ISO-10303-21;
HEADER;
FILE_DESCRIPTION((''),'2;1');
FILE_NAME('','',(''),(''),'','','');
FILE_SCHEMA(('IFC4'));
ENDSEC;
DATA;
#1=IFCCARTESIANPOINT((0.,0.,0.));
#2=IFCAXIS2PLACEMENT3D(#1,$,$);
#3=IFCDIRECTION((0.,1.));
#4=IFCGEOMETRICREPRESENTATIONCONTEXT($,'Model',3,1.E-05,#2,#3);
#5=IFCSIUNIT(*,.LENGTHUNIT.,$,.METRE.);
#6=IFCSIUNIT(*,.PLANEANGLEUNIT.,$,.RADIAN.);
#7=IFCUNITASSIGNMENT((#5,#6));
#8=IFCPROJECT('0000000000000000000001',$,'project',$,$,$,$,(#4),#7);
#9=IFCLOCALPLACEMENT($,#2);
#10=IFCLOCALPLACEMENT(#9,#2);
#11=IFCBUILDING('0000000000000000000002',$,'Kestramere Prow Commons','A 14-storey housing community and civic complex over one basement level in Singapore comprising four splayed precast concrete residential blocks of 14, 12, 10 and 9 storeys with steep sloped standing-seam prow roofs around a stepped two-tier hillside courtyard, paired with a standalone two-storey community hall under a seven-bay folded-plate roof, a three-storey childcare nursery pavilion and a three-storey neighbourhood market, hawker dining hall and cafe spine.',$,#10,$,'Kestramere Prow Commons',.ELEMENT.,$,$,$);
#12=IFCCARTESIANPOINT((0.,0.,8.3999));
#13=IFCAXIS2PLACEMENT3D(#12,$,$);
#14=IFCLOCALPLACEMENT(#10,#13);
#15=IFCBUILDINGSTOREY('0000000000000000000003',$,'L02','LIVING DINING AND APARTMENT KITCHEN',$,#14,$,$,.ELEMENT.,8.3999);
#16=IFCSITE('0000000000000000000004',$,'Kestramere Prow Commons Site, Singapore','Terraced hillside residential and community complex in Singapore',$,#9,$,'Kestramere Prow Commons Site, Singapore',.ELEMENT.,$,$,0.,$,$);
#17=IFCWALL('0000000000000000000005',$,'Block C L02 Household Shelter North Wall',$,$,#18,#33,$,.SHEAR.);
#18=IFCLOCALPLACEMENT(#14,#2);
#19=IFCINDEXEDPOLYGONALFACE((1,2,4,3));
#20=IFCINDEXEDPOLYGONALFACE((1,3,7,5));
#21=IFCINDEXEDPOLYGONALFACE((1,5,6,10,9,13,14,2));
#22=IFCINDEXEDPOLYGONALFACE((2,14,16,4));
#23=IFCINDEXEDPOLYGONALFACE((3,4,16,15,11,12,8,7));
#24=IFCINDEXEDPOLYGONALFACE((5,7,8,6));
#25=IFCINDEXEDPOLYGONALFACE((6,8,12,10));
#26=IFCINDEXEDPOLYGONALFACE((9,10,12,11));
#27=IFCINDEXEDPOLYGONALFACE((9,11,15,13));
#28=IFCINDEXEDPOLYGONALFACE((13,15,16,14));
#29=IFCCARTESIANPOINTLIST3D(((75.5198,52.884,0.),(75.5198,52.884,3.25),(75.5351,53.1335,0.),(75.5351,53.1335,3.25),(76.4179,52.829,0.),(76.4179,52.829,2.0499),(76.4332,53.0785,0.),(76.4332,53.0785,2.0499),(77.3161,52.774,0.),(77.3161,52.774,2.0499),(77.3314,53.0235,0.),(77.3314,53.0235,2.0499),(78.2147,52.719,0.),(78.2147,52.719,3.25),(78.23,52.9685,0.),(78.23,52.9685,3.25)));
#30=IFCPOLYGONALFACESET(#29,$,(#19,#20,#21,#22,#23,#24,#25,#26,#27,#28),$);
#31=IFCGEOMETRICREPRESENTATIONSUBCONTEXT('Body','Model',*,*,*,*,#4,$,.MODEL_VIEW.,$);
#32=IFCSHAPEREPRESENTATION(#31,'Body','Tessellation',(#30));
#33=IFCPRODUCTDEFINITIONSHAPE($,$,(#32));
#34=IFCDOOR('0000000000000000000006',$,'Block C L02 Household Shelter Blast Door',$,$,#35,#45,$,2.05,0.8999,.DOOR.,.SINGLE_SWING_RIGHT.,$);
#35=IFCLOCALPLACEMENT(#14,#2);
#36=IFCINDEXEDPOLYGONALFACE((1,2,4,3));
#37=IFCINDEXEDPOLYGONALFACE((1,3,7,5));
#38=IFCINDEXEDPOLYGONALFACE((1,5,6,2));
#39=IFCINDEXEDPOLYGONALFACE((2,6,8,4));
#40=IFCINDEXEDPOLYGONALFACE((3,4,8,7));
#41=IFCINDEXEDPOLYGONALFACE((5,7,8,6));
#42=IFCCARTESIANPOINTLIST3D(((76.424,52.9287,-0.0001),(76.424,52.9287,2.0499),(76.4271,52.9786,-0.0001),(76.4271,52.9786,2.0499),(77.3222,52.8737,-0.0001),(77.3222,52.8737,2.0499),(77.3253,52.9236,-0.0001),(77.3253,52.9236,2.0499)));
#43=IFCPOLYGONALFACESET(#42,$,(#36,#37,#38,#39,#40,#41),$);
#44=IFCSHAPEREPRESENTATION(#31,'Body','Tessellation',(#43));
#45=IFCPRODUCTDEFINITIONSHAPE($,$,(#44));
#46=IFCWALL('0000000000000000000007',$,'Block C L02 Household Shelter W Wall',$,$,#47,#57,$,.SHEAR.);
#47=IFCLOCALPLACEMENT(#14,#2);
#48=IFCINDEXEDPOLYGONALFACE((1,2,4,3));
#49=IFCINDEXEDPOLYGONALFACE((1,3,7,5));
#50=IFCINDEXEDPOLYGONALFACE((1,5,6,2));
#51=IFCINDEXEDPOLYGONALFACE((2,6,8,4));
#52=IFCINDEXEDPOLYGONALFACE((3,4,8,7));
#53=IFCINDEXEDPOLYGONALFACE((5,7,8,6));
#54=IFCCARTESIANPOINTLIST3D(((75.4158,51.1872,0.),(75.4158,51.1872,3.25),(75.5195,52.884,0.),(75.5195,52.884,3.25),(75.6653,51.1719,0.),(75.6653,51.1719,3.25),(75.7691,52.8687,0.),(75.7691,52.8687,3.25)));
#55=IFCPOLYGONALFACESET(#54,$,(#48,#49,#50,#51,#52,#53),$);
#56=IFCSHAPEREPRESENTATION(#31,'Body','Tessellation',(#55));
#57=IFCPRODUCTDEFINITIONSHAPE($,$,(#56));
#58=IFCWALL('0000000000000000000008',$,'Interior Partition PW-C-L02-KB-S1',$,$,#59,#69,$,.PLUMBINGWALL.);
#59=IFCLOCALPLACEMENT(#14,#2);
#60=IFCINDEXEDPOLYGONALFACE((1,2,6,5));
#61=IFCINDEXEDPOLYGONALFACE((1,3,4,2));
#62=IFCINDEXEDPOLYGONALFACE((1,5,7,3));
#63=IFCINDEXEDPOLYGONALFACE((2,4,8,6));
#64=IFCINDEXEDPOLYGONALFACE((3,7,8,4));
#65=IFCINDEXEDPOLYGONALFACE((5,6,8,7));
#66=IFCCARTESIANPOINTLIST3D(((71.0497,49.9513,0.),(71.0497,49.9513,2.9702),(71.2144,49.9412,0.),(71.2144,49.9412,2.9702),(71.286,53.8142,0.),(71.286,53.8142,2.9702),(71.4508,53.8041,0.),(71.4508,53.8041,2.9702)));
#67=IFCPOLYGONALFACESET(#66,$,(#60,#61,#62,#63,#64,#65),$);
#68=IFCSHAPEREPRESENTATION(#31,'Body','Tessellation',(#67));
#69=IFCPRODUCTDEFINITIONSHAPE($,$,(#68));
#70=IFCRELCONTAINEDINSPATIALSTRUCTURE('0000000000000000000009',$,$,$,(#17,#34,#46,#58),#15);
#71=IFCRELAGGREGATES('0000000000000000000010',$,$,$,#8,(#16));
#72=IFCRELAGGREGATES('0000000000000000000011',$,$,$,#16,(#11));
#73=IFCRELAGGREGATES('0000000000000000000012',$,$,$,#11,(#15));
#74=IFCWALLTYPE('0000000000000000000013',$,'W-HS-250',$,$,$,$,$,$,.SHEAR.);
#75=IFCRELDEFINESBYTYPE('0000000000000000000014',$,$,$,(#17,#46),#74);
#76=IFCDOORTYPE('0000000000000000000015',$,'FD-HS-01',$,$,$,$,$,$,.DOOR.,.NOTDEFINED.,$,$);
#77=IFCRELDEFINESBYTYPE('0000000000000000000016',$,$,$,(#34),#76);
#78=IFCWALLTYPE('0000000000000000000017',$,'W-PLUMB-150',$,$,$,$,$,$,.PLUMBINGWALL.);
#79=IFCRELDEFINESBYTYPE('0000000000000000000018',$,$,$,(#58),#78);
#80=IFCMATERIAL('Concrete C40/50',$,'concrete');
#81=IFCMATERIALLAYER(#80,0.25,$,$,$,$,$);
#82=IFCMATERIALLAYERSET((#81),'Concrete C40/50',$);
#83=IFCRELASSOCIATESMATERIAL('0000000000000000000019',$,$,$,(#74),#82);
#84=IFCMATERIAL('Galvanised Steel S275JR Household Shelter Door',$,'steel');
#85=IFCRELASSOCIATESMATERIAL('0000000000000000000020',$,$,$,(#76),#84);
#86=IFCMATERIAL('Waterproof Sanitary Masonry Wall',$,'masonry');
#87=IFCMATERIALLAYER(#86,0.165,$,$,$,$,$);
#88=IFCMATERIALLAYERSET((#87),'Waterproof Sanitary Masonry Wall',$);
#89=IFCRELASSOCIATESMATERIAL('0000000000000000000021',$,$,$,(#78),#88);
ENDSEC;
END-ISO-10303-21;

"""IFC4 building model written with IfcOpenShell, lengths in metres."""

from ifc_helpers import new_model, si_unit, direction, frame, frame_2d, origin, place, context, subcontext, project, spatial, rectangle, extrude, material, layer, layer_set, type_object, element, fill, save


model = new_model("IFC4")

# Units and contexts
model_context = context("Model", 3, precision=1e-05, world=origin(), true_north=direction((0.0, 1.0)))
body_context = subcontext(model_context, "Body", "Model", "MODEL_VIEW")
ifc_project = project(units=[si_unit("LENGTHUNIT", "METRE"), si_unit("PLANEANGLEUNIT", "RADIAN")], contexts=[model_context])

# Site, building, storey
site_placement = place(None, origin())
site = spatial("IfcSite", under=ifc_project, at=site_placement, Name="Kestramere Prow Commons Site, Singapore", Description="Terraced hillside residential and community complex in Singapore", LongName="Kestramere Prow Commons Site, Singapore", CompositionType="ELEMENT", RefElevation=0.0)
building_placement = place(site_placement, origin())
building = spatial("IfcBuilding", under=site, at=building_placement, Name="Kestramere Prow Commons", Description="A 14-storey housing community and civic complex over one basement level in Singapore comprising four splayed precast concrete residential blocks of 14, 12, 10 and 9 storeys with steep sloped standing-seam prow roofs around a stepped two-tier hillside courtyard, paired with a standalone two-storey community hall under a seven-bay folded-plate roof, a three-storey childcare nursery pavilion and a three-storey neighbourhood market, hawker dining hall and cafe spine.", LongName="Kestramere Prow Commons", CompositionType="ELEMENT")
storey_placement = place(building_placement, frame((0.0, 0.0, 8.3999)))
storey = spatial("IfcBuildingStorey", under=building, at=storey_placement, Name="L02", Description="LIVING DINING AND APARTMENT KITCHEN", CompositionType="ELEMENT", Elevation=8.3999)

# Shared definitions
ifc_material_1 = material(Name="Concrete C40/50", Category="concrete")

# Shared definitions
ifc_layer_1 = layer(ifc_material_1, 0.25)
ifc_layer_set_1 = layer_set([ifc_layer_1], Name="Concrete C40/50")
wall_type_1 = type_object("IfcWallType", Name="W-HS-250", PredefinedType="SHEAR", material=ifc_layer_set_1)

# Wall, opening, door
wall_1_placement = place(storey_placement, frame((75.5273, 53.0088, 0.0), z_axis=(0.0, 0.0, 1.0), x_axis=(0.99813, -0.061128, 0.0)))
wall_1 = element("IfcWall", 1, at=wall_1_placement, inside=storey, type_object=wall_type_1, Name="Block C L02 Household Shelter North Wall", PredefinedType="SHEAR", context=body_context, shape_type="SweptSolid", body=[
    extrude(rectangle(XDim=2.7, YDim=0.25, at=frame_2d((1.3501, 0.0))), origin(), (0.0, 0.0, 1.0), 3.25),
])
opening_1_placement = place(wall_1_placement, frame((0.8999, 0.0, 0.0)))
opening_1 = element("IfcOpeningElement", 2, at=opening_1_placement, cuts=wall_1, PredefinedType="OPENING", context=body_context, shape_type="SweptSolid", body=[
    extrude(rectangle(XDim=0.8999, YDim=2.05, at=frame_2d((0.45, 1.0249))), frame((0.0, 0.1399, 0.0), z_axis=(0.0, -1.0, 0.0), x_axis=(1.0, 0.0, 0.0)), (0.0, 0.0, 1.0), 0.28),
])
ifc_material_2 = material(Name="Galvanised Steel S275JR Household Shelter Door", Category="steel")
door_type_1 = type_object("IfcDoorType", Name="FD-HS-01", OperationType="NOTDEFINED", PredefinedType="DOOR", material=ifc_material_2)
door_1_placement = place(opening_1_placement, origin())
door_1 = element("IfcDoor", 3, at=door_1_placement, inside=storey, type_object=door_type_1, Name="Block C L02 Household Shelter Blast Door", OperationType="SINGLE_SWING_RIGHT", OverallHeight=2.05, OverallWidth=0.8999, PredefinedType="DOOR", context=body_context, shape_type="SweptSolid", body=[
    extrude(rectangle(XDim=0.8999, YDim=2.05, at=frame_2d((0.45, 1.0249))), frame((0.0, 0.0249, 0.0), z_axis=(0.0, -1.0, 0.0), x_axis=(1.0, 0.0, 0.0)), (0.0, 0.0, 1.0), 0.05),
])
fill(opening_1, door_1)

# Walls
wall_2_placement = place(storey_placement, frame((75.5405, 51.1794, 0.0), z_axis=(0.0, 0.0, 1.0), x_axis=(0.061037, 0.998136, 0.0)))
element("IfcWall", 4, at=wall_2_placement, inside=storey, type_object=wall_type_1, Name="Block C L02 Household Shelter W Wall", PredefinedType="SHEAR", context=body_context, shape_type="SweptSolid", body=[
    extrude(rectangle(XDim=1.7, YDim=0.25, at=frame_2d((0.8501, 0.0))), origin(), (0.0, 0.0, 1.0), 3.25),
])
ifc_material_3 = material(Name="Waterproof Sanitary Masonry Wall", Category="masonry")
ifc_layer_2 = layer(ifc_material_3, 0.165)
ifc_layer_set_2 = layer_set([ifc_layer_2], Name="Waterproof Sanitary Masonry Wall")
wall_type_2 = type_object("IfcWallType", Name="W-PLUMB-150", PredefinedType="PLUMBINGWALL", material=ifc_layer_set_2)
wall_3_placement = place(storey_placement, frame((71.1321, 49.9463, 0.0), z_axis=(0.0, 0.0, 1.0), x_axis=(0.061066, 0.998134, 0.0)))
element("IfcWall", 5, at=wall_3_placement, inside=storey, type_object=wall_type_2, Name="Interior Partition PW-C-L02-KB-S1", PredefinedType="PLUMBINGWALL", context=body_context, shape_type="SweptSolid", body=[
    extrude(rectangle(XDim=3.8701, YDim=0.165, at=frame_2d((1.9351, 0.0))), origin(), (0.0, 0.0, 1.0), 2.9702),
])

save(model, "model.ifc")
